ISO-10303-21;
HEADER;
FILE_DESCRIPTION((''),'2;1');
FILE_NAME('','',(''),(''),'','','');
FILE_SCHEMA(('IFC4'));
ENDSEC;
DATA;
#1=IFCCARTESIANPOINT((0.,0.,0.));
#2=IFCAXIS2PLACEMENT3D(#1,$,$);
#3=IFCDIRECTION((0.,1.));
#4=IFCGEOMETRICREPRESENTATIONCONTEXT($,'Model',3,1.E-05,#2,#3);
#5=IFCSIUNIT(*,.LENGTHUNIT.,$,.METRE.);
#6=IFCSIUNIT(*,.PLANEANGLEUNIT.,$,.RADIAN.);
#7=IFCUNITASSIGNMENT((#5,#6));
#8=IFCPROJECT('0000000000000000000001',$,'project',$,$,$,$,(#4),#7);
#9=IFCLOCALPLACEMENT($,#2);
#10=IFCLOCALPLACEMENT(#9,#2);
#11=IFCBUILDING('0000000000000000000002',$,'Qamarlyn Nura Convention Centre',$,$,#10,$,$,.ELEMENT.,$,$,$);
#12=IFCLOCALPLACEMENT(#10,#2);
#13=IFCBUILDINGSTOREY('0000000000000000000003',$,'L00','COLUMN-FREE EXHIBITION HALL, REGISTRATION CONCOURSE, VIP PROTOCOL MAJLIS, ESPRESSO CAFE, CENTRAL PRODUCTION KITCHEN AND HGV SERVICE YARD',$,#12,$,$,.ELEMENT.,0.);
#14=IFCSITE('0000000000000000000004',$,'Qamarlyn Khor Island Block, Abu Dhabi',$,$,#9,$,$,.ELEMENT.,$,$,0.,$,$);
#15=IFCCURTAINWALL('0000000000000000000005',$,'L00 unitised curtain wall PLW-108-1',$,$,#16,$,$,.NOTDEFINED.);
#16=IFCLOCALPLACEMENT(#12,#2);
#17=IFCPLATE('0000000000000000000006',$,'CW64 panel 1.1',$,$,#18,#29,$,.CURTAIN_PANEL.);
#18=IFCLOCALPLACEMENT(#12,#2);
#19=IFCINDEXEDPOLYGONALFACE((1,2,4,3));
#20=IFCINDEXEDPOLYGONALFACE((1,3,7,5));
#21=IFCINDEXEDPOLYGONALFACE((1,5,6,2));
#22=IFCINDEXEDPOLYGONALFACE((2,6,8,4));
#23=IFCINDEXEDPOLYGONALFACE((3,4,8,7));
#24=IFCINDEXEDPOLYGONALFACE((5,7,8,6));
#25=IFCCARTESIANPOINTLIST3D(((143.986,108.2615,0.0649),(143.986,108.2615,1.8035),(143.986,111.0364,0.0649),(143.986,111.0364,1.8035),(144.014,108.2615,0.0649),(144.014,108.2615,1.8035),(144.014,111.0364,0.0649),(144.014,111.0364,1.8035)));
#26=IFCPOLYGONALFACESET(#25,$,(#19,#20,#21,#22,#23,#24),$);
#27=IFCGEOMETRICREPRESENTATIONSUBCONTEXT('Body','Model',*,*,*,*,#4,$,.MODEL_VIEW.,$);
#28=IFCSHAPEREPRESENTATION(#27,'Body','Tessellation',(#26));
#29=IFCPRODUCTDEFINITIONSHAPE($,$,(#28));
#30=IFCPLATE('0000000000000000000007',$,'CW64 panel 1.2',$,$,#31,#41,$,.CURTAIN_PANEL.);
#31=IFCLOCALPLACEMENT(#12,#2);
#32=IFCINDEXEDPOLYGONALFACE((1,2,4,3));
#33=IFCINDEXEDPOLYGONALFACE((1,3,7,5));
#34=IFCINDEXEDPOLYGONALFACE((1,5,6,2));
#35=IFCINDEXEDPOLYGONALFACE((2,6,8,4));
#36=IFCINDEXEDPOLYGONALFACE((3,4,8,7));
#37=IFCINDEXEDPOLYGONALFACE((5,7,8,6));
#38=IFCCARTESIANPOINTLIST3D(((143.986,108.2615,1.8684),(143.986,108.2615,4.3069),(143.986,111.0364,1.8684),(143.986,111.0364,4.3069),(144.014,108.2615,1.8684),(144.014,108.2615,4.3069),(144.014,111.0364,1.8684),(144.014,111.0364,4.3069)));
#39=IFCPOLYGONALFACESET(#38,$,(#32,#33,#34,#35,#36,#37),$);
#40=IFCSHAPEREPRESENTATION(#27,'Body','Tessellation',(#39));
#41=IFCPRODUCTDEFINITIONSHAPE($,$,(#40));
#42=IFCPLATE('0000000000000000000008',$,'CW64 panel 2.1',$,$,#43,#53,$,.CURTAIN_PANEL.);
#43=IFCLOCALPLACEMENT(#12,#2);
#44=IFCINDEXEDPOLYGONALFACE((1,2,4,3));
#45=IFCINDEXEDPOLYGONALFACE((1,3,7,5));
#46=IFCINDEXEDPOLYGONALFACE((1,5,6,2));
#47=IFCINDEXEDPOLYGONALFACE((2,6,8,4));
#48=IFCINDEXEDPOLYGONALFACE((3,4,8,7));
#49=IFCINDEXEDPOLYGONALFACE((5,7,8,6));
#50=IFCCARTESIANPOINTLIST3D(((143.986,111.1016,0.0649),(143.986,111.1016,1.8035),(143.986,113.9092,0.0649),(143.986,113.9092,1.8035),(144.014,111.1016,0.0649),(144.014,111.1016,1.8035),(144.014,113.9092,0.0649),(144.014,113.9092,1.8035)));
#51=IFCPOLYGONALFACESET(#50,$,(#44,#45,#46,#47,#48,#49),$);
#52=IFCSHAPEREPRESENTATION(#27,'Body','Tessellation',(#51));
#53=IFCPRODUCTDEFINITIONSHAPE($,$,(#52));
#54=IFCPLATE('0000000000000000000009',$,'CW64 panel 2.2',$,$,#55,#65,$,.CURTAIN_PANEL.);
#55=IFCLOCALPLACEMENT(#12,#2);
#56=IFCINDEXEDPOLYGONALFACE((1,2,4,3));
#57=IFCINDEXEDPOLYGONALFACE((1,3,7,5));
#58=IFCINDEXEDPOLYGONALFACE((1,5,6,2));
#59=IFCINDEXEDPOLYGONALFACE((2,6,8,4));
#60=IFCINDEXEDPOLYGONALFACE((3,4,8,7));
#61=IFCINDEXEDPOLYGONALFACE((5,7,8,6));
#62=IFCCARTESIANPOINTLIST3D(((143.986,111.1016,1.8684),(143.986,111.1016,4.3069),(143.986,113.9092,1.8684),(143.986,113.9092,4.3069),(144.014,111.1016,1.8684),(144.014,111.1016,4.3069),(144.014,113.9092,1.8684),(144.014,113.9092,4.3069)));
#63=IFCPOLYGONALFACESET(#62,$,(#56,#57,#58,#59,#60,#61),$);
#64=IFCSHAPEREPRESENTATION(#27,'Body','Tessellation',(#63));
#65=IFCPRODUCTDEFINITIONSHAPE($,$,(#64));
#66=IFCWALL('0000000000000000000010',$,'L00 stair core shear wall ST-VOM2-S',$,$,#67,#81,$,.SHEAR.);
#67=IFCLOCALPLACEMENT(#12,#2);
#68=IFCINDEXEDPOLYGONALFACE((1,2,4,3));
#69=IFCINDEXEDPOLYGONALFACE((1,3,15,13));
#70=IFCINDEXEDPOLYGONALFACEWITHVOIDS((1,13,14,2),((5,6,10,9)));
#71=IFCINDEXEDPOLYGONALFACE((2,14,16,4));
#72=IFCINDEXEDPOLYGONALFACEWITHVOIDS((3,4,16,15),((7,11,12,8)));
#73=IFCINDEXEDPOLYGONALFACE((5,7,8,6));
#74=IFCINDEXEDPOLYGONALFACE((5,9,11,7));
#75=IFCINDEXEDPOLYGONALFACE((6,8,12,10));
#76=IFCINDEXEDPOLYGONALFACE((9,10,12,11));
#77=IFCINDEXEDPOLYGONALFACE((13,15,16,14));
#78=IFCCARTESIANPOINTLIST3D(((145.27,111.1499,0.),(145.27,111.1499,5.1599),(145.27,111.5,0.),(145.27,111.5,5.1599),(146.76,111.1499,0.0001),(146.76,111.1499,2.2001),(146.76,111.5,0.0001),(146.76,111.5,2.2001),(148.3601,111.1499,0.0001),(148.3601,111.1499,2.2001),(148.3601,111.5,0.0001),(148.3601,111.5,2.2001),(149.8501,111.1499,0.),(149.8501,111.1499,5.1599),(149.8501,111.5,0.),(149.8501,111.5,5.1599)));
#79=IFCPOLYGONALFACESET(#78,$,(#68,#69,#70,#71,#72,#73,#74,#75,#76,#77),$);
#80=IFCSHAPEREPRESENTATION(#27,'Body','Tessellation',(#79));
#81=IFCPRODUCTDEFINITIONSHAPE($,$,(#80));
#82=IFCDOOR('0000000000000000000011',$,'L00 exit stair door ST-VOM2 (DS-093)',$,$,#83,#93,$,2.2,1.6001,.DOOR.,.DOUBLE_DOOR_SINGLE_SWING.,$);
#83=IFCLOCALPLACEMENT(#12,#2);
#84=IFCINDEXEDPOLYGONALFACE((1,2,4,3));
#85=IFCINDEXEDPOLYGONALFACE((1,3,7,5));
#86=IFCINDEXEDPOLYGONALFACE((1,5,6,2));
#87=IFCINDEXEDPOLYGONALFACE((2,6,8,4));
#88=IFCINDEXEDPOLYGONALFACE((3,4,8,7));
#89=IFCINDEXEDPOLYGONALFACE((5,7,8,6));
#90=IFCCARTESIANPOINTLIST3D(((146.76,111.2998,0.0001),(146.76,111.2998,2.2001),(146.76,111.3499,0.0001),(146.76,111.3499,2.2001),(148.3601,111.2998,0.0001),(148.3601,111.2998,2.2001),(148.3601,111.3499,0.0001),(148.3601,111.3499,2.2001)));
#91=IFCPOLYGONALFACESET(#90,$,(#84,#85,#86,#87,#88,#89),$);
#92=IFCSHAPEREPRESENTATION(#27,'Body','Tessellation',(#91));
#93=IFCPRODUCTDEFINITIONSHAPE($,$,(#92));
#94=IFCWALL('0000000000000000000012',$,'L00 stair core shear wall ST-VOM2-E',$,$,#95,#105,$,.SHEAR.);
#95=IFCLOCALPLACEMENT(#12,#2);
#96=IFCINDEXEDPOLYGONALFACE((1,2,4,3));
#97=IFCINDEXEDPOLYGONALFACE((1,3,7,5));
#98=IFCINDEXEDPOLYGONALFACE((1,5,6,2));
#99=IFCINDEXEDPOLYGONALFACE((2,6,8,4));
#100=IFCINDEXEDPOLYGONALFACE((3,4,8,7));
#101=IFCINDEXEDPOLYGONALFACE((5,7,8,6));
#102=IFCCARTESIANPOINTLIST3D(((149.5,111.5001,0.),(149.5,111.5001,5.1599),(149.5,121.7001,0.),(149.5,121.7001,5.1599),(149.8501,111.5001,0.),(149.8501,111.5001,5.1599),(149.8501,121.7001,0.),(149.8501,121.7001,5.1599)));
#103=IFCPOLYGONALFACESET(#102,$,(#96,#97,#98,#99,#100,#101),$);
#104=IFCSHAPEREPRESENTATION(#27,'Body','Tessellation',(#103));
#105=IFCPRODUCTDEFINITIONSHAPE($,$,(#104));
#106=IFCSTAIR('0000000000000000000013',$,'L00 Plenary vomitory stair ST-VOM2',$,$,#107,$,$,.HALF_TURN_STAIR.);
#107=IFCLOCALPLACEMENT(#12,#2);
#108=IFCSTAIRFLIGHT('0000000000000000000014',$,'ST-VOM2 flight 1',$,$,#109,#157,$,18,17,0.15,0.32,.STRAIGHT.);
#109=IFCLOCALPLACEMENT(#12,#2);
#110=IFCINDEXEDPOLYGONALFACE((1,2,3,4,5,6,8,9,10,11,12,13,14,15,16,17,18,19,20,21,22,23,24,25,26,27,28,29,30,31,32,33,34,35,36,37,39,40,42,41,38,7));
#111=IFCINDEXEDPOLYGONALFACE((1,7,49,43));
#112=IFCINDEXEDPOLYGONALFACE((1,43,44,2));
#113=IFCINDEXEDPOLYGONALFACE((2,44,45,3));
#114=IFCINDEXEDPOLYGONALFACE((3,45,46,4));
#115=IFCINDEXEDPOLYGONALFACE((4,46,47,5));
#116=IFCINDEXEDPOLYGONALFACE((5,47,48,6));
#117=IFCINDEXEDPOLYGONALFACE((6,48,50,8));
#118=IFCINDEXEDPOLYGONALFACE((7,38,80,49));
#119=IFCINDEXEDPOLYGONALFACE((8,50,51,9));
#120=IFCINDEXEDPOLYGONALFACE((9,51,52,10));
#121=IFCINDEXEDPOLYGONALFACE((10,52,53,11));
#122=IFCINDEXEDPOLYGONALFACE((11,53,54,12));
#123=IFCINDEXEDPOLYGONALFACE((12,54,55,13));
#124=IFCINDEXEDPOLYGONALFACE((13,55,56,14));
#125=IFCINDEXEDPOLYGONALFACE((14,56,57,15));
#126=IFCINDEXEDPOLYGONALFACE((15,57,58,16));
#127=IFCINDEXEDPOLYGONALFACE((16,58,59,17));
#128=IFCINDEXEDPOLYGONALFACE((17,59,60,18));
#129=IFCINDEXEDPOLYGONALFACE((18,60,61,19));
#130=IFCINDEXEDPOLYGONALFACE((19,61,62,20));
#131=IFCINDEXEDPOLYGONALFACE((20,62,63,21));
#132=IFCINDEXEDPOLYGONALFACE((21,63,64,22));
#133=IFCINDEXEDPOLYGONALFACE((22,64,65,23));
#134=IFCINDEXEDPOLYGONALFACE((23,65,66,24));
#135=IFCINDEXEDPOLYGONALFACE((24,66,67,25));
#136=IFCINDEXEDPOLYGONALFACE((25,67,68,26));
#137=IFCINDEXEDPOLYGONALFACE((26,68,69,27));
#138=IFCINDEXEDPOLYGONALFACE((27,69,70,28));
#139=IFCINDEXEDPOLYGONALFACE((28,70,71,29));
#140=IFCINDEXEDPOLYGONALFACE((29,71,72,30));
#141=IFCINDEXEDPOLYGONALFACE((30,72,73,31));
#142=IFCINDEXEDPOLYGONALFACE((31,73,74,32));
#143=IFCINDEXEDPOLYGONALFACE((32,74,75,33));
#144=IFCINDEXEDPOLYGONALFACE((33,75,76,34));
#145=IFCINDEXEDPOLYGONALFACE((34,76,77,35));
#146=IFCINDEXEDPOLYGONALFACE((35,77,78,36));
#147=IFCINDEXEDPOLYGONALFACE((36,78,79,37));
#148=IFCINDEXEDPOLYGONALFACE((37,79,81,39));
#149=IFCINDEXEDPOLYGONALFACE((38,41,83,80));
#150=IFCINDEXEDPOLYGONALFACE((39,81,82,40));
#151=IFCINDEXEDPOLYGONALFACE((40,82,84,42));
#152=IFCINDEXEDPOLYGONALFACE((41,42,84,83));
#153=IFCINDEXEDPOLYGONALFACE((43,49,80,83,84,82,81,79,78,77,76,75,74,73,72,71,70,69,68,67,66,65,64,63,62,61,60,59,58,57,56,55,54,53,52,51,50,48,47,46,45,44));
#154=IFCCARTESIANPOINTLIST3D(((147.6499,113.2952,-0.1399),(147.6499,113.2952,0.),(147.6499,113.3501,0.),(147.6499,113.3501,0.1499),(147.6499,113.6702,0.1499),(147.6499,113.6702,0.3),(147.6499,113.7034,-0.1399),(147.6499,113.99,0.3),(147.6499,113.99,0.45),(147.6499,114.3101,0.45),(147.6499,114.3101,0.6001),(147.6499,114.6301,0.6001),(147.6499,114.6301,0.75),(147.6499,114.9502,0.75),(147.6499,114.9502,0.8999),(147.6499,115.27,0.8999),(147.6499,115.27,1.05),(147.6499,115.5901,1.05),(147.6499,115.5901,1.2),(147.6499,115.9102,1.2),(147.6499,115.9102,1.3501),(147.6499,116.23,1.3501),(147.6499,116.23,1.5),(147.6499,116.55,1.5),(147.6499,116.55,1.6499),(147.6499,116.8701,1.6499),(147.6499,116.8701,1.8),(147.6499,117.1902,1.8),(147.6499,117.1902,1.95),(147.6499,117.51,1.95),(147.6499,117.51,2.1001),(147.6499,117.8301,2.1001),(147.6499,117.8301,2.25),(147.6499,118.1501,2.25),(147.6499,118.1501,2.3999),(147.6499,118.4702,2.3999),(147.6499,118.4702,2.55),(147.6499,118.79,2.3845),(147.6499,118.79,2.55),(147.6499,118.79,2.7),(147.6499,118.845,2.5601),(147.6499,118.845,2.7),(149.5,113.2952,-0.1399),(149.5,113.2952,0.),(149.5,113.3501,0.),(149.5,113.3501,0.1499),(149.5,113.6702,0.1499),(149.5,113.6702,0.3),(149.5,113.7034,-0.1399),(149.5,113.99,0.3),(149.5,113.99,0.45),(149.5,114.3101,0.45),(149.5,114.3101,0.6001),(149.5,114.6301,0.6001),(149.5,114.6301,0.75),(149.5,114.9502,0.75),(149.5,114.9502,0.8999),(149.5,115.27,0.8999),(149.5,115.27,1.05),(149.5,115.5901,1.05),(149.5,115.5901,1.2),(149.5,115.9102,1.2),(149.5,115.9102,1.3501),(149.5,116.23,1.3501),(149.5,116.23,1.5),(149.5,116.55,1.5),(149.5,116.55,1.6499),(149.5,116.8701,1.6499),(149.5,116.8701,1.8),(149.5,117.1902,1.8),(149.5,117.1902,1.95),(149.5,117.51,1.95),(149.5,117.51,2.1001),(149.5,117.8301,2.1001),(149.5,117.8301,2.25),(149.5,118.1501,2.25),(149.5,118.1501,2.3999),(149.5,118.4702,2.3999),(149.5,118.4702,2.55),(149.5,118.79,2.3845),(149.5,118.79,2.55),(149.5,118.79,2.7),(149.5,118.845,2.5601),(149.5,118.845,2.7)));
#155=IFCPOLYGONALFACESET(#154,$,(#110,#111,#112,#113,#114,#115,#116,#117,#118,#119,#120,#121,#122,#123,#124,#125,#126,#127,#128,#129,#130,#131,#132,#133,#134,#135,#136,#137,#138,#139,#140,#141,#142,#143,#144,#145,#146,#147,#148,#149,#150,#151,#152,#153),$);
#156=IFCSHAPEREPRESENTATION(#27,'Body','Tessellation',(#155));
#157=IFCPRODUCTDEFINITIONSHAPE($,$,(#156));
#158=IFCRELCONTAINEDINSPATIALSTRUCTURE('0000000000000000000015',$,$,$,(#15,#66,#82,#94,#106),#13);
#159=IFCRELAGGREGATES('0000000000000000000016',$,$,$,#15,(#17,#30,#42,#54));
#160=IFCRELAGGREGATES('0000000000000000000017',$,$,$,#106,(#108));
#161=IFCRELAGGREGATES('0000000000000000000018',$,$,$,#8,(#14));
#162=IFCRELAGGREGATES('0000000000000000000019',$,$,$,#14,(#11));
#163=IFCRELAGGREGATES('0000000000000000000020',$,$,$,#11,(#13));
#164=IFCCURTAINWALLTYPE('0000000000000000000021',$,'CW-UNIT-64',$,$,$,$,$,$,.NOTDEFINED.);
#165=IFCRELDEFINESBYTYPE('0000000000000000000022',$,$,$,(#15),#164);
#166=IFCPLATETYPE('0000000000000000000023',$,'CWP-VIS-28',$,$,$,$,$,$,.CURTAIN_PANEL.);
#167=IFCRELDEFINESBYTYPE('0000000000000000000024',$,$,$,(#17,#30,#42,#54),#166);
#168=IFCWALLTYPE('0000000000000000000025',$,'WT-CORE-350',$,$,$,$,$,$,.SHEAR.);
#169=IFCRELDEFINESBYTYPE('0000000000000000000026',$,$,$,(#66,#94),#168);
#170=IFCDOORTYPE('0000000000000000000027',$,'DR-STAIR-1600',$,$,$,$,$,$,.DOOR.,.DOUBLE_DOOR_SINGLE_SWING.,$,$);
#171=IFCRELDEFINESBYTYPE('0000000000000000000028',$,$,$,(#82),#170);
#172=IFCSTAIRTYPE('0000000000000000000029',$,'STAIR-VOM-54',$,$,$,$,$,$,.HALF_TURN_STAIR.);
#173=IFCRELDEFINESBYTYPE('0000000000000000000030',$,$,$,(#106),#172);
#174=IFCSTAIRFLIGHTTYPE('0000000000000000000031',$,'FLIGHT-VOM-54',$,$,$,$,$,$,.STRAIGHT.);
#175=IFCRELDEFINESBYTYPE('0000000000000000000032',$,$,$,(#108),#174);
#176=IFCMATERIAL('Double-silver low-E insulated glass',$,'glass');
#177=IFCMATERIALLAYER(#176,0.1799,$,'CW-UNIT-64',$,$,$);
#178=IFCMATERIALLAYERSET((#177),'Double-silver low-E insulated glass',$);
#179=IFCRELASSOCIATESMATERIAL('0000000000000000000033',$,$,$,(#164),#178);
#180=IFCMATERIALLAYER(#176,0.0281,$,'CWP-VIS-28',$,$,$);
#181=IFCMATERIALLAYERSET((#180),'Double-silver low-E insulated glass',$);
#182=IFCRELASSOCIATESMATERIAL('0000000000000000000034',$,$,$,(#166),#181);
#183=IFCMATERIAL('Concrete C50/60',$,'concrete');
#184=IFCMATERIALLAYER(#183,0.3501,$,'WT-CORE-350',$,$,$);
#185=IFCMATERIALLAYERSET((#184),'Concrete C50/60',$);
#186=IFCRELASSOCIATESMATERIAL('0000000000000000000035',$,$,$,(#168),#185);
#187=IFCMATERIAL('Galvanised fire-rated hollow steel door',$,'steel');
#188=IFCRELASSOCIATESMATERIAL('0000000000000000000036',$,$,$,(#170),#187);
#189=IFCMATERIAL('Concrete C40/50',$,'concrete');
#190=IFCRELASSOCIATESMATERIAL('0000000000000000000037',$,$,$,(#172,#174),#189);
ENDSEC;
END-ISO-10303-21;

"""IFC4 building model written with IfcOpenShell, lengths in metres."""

from ifc_helpers import new_model, si_unit, direction, frame, frame_2d, origin, origin_2d, place, context, subcontext, project, spatial, polyline, rectangle, outline, extrude, material, layer, layer_set, type_object, element, fill, aggregate, save


model = new_model("IFC4")

# Units and contexts
model_context = context("Model", 3, precision=1e-05, world=origin(), true_north=direction((0.0, 1.0)))
body_context = subcontext(model_context, "Body", "Model", "MODEL_VIEW")
ifc_project = project(units=[si_unit("LENGTHUNIT", "METRE"), si_unit("PLANEANGLEUNIT", "RADIAN")], contexts=[model_context])

# Site, building, storey
site_placement = place(None, origin())
site = spatial("IfcSite", under=ifc_project, at=site_placement, Name="Qamarlyn Khor Island Block, Abu Dhabi", CompositionType="ELEMENT", RefElevation=0.0)
building_placement = place(site_placement, origin())
building = spatial("IfcBuilding", under=site, at=building_placement, Name="Qamarlyn Nura Convention Centre", CompositionType="ELEMENT")
storey_placement = place(building_placement, origin())
storey = spatial("IfcBuildingStorey", under=building, at=storey_placement, Name="L00", Description="COLUMN-FREE EXHIBITION HALL, REGISTRATION CONCOURSE, VIP PROTOCOL MAJLIS, ESPRESSO CAFE, CENTRAL PRODUCTION KITCHEN AND HGV SERVICE YARD", CompositionType="ELEMENT", Elevation=0.0)

# Curtain wall, plates
ifc_material_1 = material(Name="Double-silver low-E insulated glass", Category="glass")
ifc_layer_1 = layer(ifc_material_1, 0.1799, Name="CW-UNIT-64")
ifc_layer_set_1 = layer_set([ifc_layer_1], Name="Double-silver low-E insulated glass")
curtain_wall_type = type_object("IfcCurtainWallType", Name="CW-UNIT-64", PredefinedType="NOTDEFINED", material=ifc_layer_set_1)
curtain_wall_placement = place(storey_placement, origin())
curtain_wall = element("IfcCurtainWall", 1, at=curtain_wall_placement, inside=storey, type_object=curtain_wall_type, Name="L00 unitised curtain wall PLW-108-1", PredefinedType="NOTDEFINED")
ifc_layer_2 = layer(ifc_material_1, 0.0281, Name="CWP-VIS-28")
ifc_layer_set_2 = layer_set([ifc_layer_2], Name="Double-silver low-E insulated glass")
plate_type = type_object("IfcPlateType", Name="CWP-VIS-28", PredefinedType="CURTAIN_PANEL", material=ifc_layer_set_2)
plate_1_placement = place(storey_placement, frame((144.0, 109.6489, 0.0649), z_axis=(0.0, 0.0, 1.0), x_axis=(0.0, 1.0, 0.0)))
plate_1 = element("IfcPlate", 2, at=plate_1_placement, type_object=plate_type, Name="CW64 panel 1.1", PredefinedType="CURTAIN_PANEL", context=body_context, shape_type="SweptSolid", body=[
    extrude(rectangle(XDim=2.7749, YDim=0.0281, at=origin_2d()), origin(), (0.0, 0.0, 1.0), 1.7385),
])
plate_2_placement = place(storey_placement, frame((144.0, 109.6489, 1.8684), z_axis=(0.0, 0.0, 1.0), x_axis=(0.0, 1.0, 0.0)))
plate_2 = element("IfcPlate", 3, at=plate_2_placement, type_object=plate_type, Name="CW64 panel 1.2", PredefinedType="CURTAIN_PANEL", context=body_context, shape_type="SweptSolid", body=[
    extrude(rectangle(XDim=2.7749, YDim=0.0281, at=origin_2d()), origin(), (0.0, 0.0, 1.0), 2.4385),
])
plate_3_placement = place(storey_placement, frame((144.0, 112.5054, 0.0649), z_axis=(0.0, 0.0, 1.0), x_axis=(0.0, 1.0, 0.0)))
plate_3 = element("IfcPlate", 4, at=plate_3_placement, type_object=plate_type, Name="CW64 panel 2.1", PredefinedType="CURTAIN_PANEL", context=body_context, shape_type="SweptSolid", body=[
    extrude(rectangle(XDim=2.8076, YDim=0.0281, at=origin_2d()), origin(), (0.0, 0.0, 1.0), 1.7385),
])
plate_4_placement = place(storey_placement, frame((144.0, 112.5054, 1.8684), z_axis=(0.0, 0.0, 1.0), x_axis=(0.0, 1.0, 0.0)))
plate_4 = element("IfcPlate", 5, at=plate_4_placement, type_object=plate_type, Name="CW64 panel 2.2", PredefinedType="CURTAIN_PANEL", context=body_context, shape_type="SweptSolid", body=[
    extrude(rectangle(XDim=2.8076, YDim=0.0281, at=origin_2d()), origin(), (0.0, 0.0, 1.0), 2.4385),
])
aggregate(curtain_wall, [plate_1, plate_2, plate_3, plate_4])

# Wall, opening, door
ifc_material_2 = material(Name="Concrete C50/60", Category="concrete")
ifc_layer_3 = layer(ifc_material_2, 0.3501, Name="WT-CORE-350")
ifc_layer_set_3 = layer_set([ifc_layer_3], Name="Concrete C50/60")
wall_type = type_object("IfcWallType", Name="WT-CORE-350", PredefinedType="SHEAR", material=ifc_layer_set_3)
wall_1_placement = place(storey_placement, frame((145.27, 111.325, 0.0), z_axis=(0.0, 0.0, 1.0), x_axis=(1.0, 0.0, 0.0)))
wall_1 = element("IfcWall", 6, at=wall_1_placement, inside=storey, type_object=wall_type, Name="L00 stair core shear wall ST-VOM2-S", PredefinedType="SHEAR", context=body_context, shape_type="SweptSolid", body=[
    extrude(rectangle(XDim=4.5801, YDim=0.3501, at=frame_2d((2.29, 0.0))), origin(), (0.0, 0.0, 1.0), 5.1599),
])
opening_placement = place(wall_1_placement, frame((1.49, 0.0, 0.0)))
opening = element("IfcOpeningElement", 7, at=opening_placement, cuts=wall_1, PredefinedType="OPENING", context=body_context, shape_type="SweptSolid", body=[
    extrude(rectangle(XDim=1.6001, YDim=2.2, at=frame_2d((0.8, 1.1001))), frame((0.0, 0.1851, 0.0), z_axis=(0.0, -1.0, 0.0), x_axis=(1.0, 0.0, 0.0)), (0.0, 0.0, 1.0), 0.3701),
])
ifc_material_3 = material(Name="Galvanised fire-rated hollow steel door", Category="steel")
door_type = type_object("IfcDoorType", Name="DR-STAIR-1600", OperationType="DOUBLE_DOOR_SINGLE_SWING", PredefinedType="DOOR", material=ifc_material_3)
door_placement = place(opening_placement, origin())
door = element("IfcDoor", 8, at=door_placement, inside=storey, type_object=door_type, Name="L00 exit stair door ST-VOM2 (DS-093)", OperationType="DOUBLE_DOOR_SINGLE_SWING", OverallHeight=2.2, OverallWidth=1.6001, PredefinedType="DOOR", context=body_context, shape_type="SweptSolid", body=[
    extrude(rectangle(XDim=1.6001, YDim=2.2, at=frame_2d((0.8, 1.1001))), frame((0.0, 0.0249, 0.0), z_axis=(0.0, -1.0, 0.0), x_axis=(1.0, 0.0, 0.0)), (0.0, 0.0, 1.0), 0.05),
])
fill(opening, door)

# Wall
wall_2_placement = place(storey_placement, frame((149.675, 111.5, 0.0), z_axis=(0.0, 0.0, 1.0), x_axis=(0.0, 1.0, 0.0)))
element("IfcWall", 9, at=wall_2_placement, inside=storey, type_object=wall_type, Name="L00 stair core shear wall ST-VOM2-E", PredefinedType="SHEAR", context=body_context, shape_type="SweptSolid", body=[
    extrude(rectangle(XDim=10.2, YDim=0.3501, at=frame_2d((5.1001, 0.0))), origin(), (0.0, 0.0, 1.0), 5.1599),
])

# Stair, stair flight
ifc_material_4 = material(Name="Concrete C40/50", Category="concrete")
stair_type = type_object("IfcStairType", Name="STAIR-VOM-54", PredefinedType="HALF_TURN_STAIR", material=ifc_material_4)
stair_placement = place(storey_placement, origin())
stair = element("IfcStair", 10, at=stair_placement, inside=storey, type_object=stair_type, Name="L00 Plenary vomitory stair ST-VOM2", PredefinedType="HALF_TURN_STAIR")
stair_flight_type = type_object("IfcStairFlightType", Name="FLIGHT-VOM-54", PredefinedType="STRAIGHT", material=ifc_material_4)
stair_flight_placement = place(storey_placement, frame((148.575, 113.3501, 0.0), z_axis=(0.0, 0.0, 1.0), x_axis=(0.0, 1.0, 0.0)))
stair_flight = element("IfcStairFlight", 11, at=stair_flight_placement, type_object=stair_flight_type, Name="ST-VOM2 flight 1", NumberOfRisers=18, NumberOfTreads=17, PredefinedType="STRAIGHT", RiserHeight=0.15, TreadLength=0.32, context=body_context, shape_type="SweptSolid", body=[
    extrude(outline(polyline([(-0.0549, 0.0), (0.0, 0.0), (0.0, 0.1499), (0.3201, 0.1499), (0.3201, 0.3), (0.6399, 0.3), (0.6399, 0.45), (0.96, 0.45), (0.96, 0.6001), (1.28, 0.6001), (1.28, 0.75), (1.6001, 0.75), (1.6001, 0.8999), (1.9199, 0.8999), (1.9199, 1.05), (2.24, 1.05), (2.24, 1.2), (2.5601, 1.2), (2.5601, 1.3501), (2.8799, 1.3501), (2.8799, 1.5), (3.2, 1.5), (3.2, 1.6499), (3.52, 1.6499), (3.52, 1.8), (3.8401, 1.8), (3.8401, 1.95), (4.1599, 1.95), (4.1599, 2.1001), (4.48, 2.1001), (4.48, 2.25), (4.8, 2.25), (4.8, 2.3999), (5.1201, 2.3999), (5.1201, 2.55), (5.4399, 2.55), (5.4399, 2.7), (5.4949, 2.7), (5.4949, 2.5601), (5.4399, 2.3845), (0.3533, -0.1399), (-0.0549, -0.1399), (-0.0549, 0.0)])), frame((0.0, 0.925, 0.0), z_axis=(0.0, -1.0, 0.0), x_axis=(1.0, 0.0, 0.0)), (0.0, 0.0, 1.0), 1.8501),
])
aggregate(stair, [stair_flight])

save(model, "model.ifc")
